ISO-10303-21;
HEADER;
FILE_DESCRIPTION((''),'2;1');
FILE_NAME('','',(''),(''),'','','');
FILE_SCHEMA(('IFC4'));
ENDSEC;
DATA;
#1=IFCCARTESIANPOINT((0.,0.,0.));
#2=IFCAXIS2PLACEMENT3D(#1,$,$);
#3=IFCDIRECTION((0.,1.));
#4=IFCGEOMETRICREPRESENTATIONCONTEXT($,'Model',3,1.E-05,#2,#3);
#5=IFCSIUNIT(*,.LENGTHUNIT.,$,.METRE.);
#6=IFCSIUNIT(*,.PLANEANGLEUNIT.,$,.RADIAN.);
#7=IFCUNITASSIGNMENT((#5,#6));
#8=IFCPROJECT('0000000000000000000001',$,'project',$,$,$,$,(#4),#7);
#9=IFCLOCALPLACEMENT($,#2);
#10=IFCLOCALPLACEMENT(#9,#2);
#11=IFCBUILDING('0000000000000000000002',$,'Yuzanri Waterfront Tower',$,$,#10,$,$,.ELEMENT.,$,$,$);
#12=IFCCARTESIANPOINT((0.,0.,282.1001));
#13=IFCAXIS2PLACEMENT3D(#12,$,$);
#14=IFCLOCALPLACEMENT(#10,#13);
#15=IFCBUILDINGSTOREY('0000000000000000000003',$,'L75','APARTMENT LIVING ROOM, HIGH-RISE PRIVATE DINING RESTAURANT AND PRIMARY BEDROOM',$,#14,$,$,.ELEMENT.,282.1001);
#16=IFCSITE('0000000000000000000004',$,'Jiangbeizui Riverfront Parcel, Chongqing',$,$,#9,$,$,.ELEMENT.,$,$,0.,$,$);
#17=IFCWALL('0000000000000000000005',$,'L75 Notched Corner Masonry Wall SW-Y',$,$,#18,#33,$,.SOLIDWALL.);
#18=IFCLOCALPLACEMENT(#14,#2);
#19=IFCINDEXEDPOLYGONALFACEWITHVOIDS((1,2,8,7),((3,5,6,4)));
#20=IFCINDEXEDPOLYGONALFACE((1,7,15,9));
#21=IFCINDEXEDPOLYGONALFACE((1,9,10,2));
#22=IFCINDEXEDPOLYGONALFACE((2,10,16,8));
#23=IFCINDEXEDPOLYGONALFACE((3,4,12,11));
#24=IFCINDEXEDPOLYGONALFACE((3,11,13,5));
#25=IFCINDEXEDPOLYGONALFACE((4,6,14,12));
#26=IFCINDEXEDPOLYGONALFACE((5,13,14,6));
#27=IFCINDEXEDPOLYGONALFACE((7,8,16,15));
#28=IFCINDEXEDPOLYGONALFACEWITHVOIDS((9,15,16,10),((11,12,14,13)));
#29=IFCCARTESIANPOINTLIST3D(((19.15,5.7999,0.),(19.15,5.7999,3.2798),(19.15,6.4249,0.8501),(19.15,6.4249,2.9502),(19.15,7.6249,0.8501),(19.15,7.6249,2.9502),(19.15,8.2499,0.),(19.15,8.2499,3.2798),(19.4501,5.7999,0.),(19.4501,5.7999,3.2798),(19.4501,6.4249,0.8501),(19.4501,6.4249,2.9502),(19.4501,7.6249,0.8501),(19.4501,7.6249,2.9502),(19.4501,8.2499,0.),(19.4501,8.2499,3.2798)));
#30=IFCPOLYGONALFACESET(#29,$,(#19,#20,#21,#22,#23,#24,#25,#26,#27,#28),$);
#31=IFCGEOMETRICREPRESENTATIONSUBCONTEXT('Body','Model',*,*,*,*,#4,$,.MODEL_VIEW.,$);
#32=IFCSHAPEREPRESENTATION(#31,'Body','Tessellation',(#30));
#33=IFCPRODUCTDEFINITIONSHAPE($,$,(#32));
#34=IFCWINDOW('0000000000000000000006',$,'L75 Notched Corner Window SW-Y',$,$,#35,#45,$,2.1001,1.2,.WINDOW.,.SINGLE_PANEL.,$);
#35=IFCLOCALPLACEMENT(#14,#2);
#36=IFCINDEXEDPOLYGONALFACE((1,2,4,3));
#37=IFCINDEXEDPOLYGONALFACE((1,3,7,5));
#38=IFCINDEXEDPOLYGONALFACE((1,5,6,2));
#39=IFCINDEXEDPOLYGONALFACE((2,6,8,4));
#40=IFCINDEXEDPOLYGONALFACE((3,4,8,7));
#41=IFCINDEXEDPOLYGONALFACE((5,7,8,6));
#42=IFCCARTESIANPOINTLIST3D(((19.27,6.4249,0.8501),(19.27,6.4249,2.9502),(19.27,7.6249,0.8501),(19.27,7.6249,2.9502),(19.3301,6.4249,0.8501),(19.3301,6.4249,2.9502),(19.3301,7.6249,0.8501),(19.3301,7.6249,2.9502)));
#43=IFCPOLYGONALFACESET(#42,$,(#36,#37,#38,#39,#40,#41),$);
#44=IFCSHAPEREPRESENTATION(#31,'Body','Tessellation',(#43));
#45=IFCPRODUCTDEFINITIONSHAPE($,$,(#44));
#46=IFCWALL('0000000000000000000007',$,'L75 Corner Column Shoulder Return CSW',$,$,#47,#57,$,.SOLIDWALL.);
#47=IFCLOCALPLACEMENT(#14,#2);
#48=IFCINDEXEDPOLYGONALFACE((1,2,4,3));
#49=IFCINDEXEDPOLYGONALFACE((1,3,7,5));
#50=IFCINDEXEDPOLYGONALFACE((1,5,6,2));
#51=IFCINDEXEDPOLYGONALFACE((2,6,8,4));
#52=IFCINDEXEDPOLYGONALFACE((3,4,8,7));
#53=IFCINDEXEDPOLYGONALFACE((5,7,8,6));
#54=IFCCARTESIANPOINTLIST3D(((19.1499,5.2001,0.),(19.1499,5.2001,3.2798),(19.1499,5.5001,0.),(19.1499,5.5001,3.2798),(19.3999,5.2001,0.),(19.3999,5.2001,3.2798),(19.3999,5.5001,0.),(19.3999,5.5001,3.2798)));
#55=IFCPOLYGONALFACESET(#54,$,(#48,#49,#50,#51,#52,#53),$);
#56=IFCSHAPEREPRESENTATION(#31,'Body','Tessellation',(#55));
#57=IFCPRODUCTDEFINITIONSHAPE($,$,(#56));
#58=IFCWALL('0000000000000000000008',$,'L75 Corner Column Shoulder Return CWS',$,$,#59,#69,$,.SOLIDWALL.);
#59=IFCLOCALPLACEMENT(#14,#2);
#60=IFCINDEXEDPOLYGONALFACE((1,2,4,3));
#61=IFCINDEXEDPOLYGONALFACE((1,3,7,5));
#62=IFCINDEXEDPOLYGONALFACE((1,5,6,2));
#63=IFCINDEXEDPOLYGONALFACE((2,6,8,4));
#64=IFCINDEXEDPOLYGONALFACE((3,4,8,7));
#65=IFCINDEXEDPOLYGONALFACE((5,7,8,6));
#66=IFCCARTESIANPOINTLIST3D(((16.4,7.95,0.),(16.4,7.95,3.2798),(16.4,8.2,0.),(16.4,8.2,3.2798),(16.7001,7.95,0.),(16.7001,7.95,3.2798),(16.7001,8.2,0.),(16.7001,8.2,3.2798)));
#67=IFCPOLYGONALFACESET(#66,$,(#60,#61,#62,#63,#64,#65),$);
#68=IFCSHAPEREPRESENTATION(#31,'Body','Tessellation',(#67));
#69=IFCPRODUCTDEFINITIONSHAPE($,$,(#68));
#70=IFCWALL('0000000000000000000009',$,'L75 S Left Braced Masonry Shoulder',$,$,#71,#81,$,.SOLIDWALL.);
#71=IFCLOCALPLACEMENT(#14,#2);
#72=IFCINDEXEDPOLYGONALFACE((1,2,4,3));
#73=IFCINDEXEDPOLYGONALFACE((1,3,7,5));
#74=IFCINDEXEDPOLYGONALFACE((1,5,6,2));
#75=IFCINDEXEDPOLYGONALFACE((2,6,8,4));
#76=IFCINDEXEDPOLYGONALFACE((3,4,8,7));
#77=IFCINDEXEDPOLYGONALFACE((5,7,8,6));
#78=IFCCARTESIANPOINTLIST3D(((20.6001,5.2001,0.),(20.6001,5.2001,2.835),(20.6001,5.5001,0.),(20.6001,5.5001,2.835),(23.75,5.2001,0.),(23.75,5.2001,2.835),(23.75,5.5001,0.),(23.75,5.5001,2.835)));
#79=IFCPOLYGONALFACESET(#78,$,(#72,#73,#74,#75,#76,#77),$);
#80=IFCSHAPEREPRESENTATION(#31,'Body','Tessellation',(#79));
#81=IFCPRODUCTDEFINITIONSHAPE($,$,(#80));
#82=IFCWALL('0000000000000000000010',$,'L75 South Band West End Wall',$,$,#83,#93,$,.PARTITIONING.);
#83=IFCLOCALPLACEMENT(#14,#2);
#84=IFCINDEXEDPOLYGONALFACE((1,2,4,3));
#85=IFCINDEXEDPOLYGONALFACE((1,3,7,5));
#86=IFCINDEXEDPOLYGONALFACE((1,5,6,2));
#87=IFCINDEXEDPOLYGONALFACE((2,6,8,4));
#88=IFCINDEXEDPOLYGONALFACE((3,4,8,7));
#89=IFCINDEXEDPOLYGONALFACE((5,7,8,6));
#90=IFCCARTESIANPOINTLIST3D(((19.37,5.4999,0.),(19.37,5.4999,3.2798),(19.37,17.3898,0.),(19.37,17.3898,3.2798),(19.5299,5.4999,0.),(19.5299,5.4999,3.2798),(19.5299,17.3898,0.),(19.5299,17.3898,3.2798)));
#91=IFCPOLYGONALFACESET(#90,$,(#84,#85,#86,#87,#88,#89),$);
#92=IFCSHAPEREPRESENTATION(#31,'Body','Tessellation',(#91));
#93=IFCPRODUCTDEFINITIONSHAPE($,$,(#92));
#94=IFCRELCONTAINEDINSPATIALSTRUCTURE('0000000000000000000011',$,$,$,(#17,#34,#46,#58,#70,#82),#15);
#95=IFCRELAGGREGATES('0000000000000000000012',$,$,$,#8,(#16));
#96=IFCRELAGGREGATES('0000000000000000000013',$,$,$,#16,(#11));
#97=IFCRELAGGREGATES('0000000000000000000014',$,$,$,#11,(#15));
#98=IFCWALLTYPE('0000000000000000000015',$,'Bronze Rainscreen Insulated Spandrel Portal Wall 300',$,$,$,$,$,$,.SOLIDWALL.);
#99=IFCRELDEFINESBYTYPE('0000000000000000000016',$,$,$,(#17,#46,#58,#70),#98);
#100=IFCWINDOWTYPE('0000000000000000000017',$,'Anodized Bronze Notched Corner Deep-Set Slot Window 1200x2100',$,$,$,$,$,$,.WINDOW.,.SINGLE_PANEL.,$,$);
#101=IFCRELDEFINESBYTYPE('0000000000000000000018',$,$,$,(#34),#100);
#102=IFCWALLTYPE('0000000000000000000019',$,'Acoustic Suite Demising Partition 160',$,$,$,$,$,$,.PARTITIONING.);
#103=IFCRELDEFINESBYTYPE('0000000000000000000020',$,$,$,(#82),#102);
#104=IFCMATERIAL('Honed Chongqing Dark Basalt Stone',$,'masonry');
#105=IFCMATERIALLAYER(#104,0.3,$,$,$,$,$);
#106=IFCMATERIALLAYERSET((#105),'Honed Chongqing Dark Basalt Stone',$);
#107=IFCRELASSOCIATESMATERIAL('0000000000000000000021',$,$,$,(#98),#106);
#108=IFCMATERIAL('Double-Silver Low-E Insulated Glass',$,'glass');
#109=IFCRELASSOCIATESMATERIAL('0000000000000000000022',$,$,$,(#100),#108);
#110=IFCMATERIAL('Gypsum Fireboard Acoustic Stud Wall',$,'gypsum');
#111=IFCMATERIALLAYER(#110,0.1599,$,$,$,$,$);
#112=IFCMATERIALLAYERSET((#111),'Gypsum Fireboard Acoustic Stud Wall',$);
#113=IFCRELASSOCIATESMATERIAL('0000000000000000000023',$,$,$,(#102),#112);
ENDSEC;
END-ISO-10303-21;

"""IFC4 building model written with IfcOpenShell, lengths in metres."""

from ifc_helpers import new_model, si_unit, direction, frame, frame_2d, origin, place, context, subcontext, project, spatial, rectangle, extrude, source, transform, mapped, material, layer, layer_set, type_object, element, fill, save


model = new_model("IFC4")

# Units and contexts
model_context = context("Model", 3, precision=1e-05, world=origin(), true_north=direction((0.0, 1.0)))
body_context = subcontext(model_context, "Body", "Model", "MODEL_VIEW")
ifc_project = project(units=[si_unit("LENGTHUNIT", "METRE"), si_unit("PLANEANGLEUNIT", "RADIAN")], contexts=[model_context])

# Site, building, storey
site_placement = place(None, origin())
site = spatial("IfcSite", under=ifc_project, at=site_placement, Name="Jiangbeizui Riverfront Parcel, Chongqing", CompositionType="ELEMENT", RefElevation=0.0)
building_placement = place(site_placement, origin())
building = spatial("IfcBuilding", under=site, at=building_placement, Name="Yuzanri Waterfront Tower", CompositionType="ELEMENT")
storey_placement = place(building_placement, frame((0.0, 0.0, 282.1001)))
storey = spatial("IfcBuildingStorey", under=building, at=storey_placement, Name="L75", Description="APARTMENT LIVING ROOM, HIGH-RISE PRIVATE DINING RESTAURANT AND PRIMARY BEDROOM", CompositionType="ELEMENT", Elevation=282.1001)

# Wall, opening, window
ifc_material_1 = material(Name="Honed Chongqing Dark Basalt Stone", Category="masonry")
ifc_layer_1 = layer(ifc_material_1, 0.3)
ifc_layer_set_1 = layer_set([ifc_layer_1], Name="Honed Chongqing Dark Basalt Stone")
wall_type_1 = type_object("IfcWallType", Name="Bronze Rainscreen Insulated Spandrel Portal Wall 300", PredefinedType="SOLIDWALL", material=ifc_layer_set_1)
wall_1_placement = place(storey_placement, frame((19.3, 8.25, 0.0), z_axis=(0.0, 0.0, 1.0), x_axis=(0.0, -1.0, 0.0)))
wall_1 = element("IfcWall", 1, at=wall_1_placement, inside=storey, type_object=wall_type_1, Name="L75 Notched Corner Masonry Wall SW-Y", PredefinedType="SOLIDWALL", context=body_context, shape_type="SweptSolid", body=[
    extrude(rectangle(XDim=2.45, YDim=0.3, at=frame_2d((1.2251, 0.0))), origin(), (0.0, 0.0, 1.0), 3.2798),
])
opening_1_placement = place(wall_1_placement, frame((0.625, 0.0, 0.8501)))
opening_1 = element("IfcOpeningElement", 2, at=opening_1_placement, cuts=wall_1, PredefinedType="OPENING", context=body_context, shape_type="SweptSolid", body=[
    extrude(rectangle(XDim=1.2, YDim=2.1001, at=frame_2d((0.6001, 1.05))), frame((0.0, 0.165, 0.0), z_axis=(0.0, -1.0, 0.0), x_axis=(1.0, 0.0, 0.0)), (0.0, 0.0, 1.0), 0.3298),
])
ifc_material_2 = material(Name="Double-Silver Low-E Insulated Glass", Category="glass")
window_type_1 = type_object("IfcWindowType", Name="Anodized Bronze Notched Corner Deep-Set Slot Window 1200x2100", PartitioningType="SINGLE_PANEL", PredefinedType="WINDOW", material=ifc_material_2)
shared_shape_1 = source(origin(), body_context, "Body", "SweptSolid", [
    extrude(rectangle(XDim=1.2, YDim=2.1001, at=frame_2d((0.6001, 1.05))), frame((0.0, 0.03, 0.0), z_axis=(0.0, -1.0, 0.0), x_axis=(1.0, 0.0, 0.0)), (0.0, 0.0, 1.0), 0.0601),
])
window_1_placement = place(opening_1_placement, origin())
window_1 = element("IfcWindow", 3, at=window_1_placement, inside=storey, type_object=window_type_1, Name="L75 Notched Corner Window SW-Y", OverallHeight=2.1001, OverallWidth=1.2, PartitioningType="SINGLE_PANEL", PredefinedType="WINDOW", context=body_context, shape_type="MappedRepresentation", body=[
    mapped(shared_shape_1, transform((0.0, 0.0, 0.0), scale=1.0)),
])
fill(opening_1, window_1)

# Walls
shared_shape_2 = source(origin(), body_context, "Body", "SweptSolid", [
    extrude(rectangle(XDim=0.25, YDim=0.3, at=frame_2d((0.125, 0.0))), origin(), (0.0, 0.0, 1.0), 3.2798),
])
for number, where, z_axis, x_axis, name in (
    (4, (19.1499, 5.3501, 0.0), (0.0, 0.0, 1.0), (1.0, 0.0, 0.0), "L75 Corner Column Shoulder Return CSW"),
    (5, (16.55, 7.95, 0.0), (0.0, 0.0, 1.0), (0.0, 1.0, 0.0), "L75 Corner Column Shoulder Return CWS"),
):
    element("IfcWall", number, at=place(storey_placement, frame(where, z_axis=z_axis, x_axis=x_axis)), inside=storey, type_object=wall_type_1, Name=name, PredefinedType="SOLIDWALL", context=body_context, shape_type="MappedRepresentation", body=[
        mapped(shared_shape_2, transform((0.0, 0.0, 0.0), scale=1.0)),
    ])
shared_shape_3 = source(origin(), body_context, "Body", "SweptSolid", [
    extrude(rectangle(XDim=3.1499, YDim=0.3, at=frame_2d((1.575, 0.0))), origin(), (0.0, 0.0, 1.0), 2.835),
])
wall_2_placement = place(storey_placement, frame((20.6001, 5.3501, 0.0), z_axis=(0.0, 0.0, 1.0), x_axis=(1.0, 0.0, 0.0)))
element("IfcWall", 6, at=wall_2_placement, inside=storey, type_object=wall_type_1, Name="L75 S Left Braced Masonry Shoulder", PredefinedType="SOLIDWALL", context=body_context, shape_type="MappedRepresentation", body=[
    mapped(shared_shape_3, transform((0.0, 0.0, 0.0), scale=1.0)),
])
ifc_material_3 = material(Name="Gypsum Fireboard Acoustic Stud Wall", Category="gypsum")
ifc_layer_2 = layer(ifc_material_3, 0.1599)
ifc_layer_set_2 = layer_set([ifc_layer_2], Name="Gypsum Fireboard Acoustic Stud Wall")
wall_type_2 = type_object("IfcWallType", Name="Acoustic Suite Demising Partition 160", PredefinedType="PARTITIONING", material=ifc_layer_set_2)
shared_shape_4 = source(origin(), body_context, "Body", "SweptSolid", [
    extrude(rectangle(XDim=11.8899, YDim=0.1599, at=frame_2d((5.9448, 0.0))), origin(), (0.0, 0.0, 1.0), 3.2798),
])
wall_3_placement = place(storey_placement, frame((19.45, 5.5, 0.0), z_axis=(0.0, 0.0, 1.0), x_axis=(0.0, 1.0, 0.0)))
element("IfcWall", 7, at=wall_3_placement, inside=storey, type_object=wall_type_2, Name="L75 South Band West End Wall", PredefinedType="PARTITIONING", context=body_context, shape_type="MappedRepresentation", body=[
    mapped(shared_shape_4, transform((0.0, 0.0, 0.0), scale=1.0)),
])

save(model, "model.ifc")
